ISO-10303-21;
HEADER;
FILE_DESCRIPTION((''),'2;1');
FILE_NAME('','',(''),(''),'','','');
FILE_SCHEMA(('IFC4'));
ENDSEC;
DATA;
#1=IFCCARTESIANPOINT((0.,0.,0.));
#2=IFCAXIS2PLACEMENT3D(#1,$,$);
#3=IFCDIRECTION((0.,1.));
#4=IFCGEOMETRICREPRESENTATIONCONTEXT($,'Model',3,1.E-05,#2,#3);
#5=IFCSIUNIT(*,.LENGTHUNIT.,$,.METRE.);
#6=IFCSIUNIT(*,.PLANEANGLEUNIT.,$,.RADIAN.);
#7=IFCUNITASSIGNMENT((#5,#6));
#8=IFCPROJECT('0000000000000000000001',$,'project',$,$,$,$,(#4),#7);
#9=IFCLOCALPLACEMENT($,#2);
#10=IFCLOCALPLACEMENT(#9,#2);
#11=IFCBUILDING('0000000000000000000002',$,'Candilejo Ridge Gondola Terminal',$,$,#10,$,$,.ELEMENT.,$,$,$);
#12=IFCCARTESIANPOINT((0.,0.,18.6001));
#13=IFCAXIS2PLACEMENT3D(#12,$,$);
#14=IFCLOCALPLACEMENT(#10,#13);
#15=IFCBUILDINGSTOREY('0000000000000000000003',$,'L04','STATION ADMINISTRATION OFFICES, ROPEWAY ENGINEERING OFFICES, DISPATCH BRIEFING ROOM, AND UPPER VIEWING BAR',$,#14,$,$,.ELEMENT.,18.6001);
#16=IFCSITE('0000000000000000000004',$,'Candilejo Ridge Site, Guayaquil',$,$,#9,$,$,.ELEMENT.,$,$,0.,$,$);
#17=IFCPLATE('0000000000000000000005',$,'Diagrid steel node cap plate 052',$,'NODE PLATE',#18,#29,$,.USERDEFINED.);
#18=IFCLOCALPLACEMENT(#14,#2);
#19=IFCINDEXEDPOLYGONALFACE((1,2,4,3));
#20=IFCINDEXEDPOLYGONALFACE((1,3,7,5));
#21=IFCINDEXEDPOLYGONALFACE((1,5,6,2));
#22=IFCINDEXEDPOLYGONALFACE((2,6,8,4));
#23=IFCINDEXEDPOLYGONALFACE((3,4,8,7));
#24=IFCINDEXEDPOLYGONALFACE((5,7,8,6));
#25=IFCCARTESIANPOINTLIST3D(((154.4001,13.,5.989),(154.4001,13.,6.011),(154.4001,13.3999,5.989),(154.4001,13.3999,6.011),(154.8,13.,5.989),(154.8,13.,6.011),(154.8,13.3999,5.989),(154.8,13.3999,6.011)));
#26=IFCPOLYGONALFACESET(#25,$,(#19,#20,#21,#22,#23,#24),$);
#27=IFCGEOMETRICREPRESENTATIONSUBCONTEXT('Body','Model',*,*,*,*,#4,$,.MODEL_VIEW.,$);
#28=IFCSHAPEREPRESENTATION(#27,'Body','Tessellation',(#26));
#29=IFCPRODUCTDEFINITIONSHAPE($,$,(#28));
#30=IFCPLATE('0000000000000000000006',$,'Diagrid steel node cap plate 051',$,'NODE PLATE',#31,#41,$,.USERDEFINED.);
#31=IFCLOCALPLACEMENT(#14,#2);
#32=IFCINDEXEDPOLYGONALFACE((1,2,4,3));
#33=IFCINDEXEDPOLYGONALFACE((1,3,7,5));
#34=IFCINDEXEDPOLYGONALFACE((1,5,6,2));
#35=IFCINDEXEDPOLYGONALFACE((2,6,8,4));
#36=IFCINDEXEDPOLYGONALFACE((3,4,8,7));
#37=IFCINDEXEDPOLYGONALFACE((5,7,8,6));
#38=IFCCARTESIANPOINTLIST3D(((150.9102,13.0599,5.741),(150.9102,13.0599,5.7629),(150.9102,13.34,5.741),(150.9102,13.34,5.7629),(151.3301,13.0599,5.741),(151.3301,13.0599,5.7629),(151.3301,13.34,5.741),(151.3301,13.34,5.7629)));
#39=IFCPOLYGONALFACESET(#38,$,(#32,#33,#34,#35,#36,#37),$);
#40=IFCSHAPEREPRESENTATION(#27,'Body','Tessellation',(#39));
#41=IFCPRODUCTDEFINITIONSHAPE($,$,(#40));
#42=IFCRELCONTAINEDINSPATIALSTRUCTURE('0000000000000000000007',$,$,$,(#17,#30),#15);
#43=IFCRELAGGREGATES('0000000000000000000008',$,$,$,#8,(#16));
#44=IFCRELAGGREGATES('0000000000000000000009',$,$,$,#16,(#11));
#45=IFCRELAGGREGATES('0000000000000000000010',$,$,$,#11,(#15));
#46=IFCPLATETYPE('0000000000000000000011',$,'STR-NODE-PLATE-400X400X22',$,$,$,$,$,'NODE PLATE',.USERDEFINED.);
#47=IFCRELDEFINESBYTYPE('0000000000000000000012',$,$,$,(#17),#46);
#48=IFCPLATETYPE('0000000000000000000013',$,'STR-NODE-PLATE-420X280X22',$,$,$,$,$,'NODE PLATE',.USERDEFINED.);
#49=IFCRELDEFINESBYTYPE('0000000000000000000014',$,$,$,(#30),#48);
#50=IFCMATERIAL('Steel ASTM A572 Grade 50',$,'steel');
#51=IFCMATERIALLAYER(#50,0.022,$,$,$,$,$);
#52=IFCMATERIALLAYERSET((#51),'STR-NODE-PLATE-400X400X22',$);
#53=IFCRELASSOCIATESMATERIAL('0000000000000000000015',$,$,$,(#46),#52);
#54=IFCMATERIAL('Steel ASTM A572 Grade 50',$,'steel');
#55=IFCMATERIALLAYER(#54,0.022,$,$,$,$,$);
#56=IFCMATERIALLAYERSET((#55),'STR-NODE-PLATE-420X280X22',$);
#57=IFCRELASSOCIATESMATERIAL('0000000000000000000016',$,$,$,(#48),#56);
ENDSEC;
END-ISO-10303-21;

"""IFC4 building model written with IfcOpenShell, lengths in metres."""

from ifc_helpers import new_model, si_unit, direction, frame, origin, origin_2d, place, context, subcontext, project, spatial, rectangle, extrude, material, layer, layer_set, type_object, element, save


model = new_model("IFC4")

# Units and contexts
model_context = context("Model", 3, precision=1e-05, world=origin(), true_north=direction((0.0, 1.0)))
body_context = subcontext(model_context, "Body", "Model", "MODEL_VIEW")
ifc_project = project(units=[si_unit("LENGTHUNIT", "METRE"), si_unit("PLANEANGLEUNIT", "RADIAN")], contexts=[model_context])

# Site, building, storey
site_placement = place(None, origin())
site = spatial("IfcSite", under=ifc_project, at=site_placement, Name="Candilejo Ridge Site, Guayaquil", CompositionType="ELEMENT", RefElevation=0.0)
building_placement = place(site_placement, origin())
building = spatial("IfcBuilding", under=site, at=building_placement, Name="Candilejo Ridge Gondola Terminal", CompositionType="ELEMENT")
storey_placement = place(building_placement, frame((0.0, 0.0, 18.6001)))
storey = spatial("IfcBuildingStorey", under=building, at=storey_placement, Name="L04", Description="STATION ADMINISTRATION OFFICES, ROPEWAY ENGINEERING OFFICES, DISPATCH BRIEFING ROOM, AND UPPER VIEWING BAR", CompositionType="ELEMENT", Elevation=18.6001)

# Plates
ifc_material_1 = material(Name="Steel ASTM A572 Grade 50", Category="steel")
ifc_layer_1 = layer(ifc_material_1, 0.022)
ifc_layer_set_1 = layer_set([ifc_layer_1], Name="STR-NODE-PLATE-400X400X22")
plate_type_1 = type_object("IfcPlateType", Name="STR-NODE-PLATE-400X400X22", ElementType="NODE PLATE", PredefinedType="USERDEFINED", material=ifc_layer_set_1)
plate_1_placement = place(storey_placement, frame((154.6001, 13.2, 5.989), z_axis=(0.0, 0.0, 1.0), x_axis=(1.0, 0.0, 0.0)))
element("IfcPlate", 1, at=plate_1_placement, inside=storey, type_object=plate_type_1, Name="Diagrid steel node cap plate 052", ObjectType="NODE PLATE", PredefinedType="USERDEFINED", context=body_context, shape_type="SweptSolid", body=[
    extrude(rectangle(XDim=0.3999, YDim=0.3999, at=origin_2d()), origin(), (0.0, 0.0, 1.0), 0.022),
])
ifc_material_2 = material(Name="Steel ASTM A572 Grade 50", Category="steel")
ifc_layer_2 = layer(ifc_material_2, 0.022)
ifc_layer_set_2 = layer_set([ifc_layer_2], Name="STR-NODE-PLATE-420X280X22")
plate_type_2 = type_object("IfcPlateType", Name="STR-NODE-PLATE-420X280X22", ElementType="NODE PLATE", PredefinedType="USERDEFINED", material=ifc_layer_set_2)
plate_2_placement = place(storey_placement, frame((151.1201, 13.2, 5.741), z_axis=(0.0, 0.0, 1.0), x_axis=(1.0, 0.0, 0.0)))
element("IfcPlate", 2, at=plate_2_placement, inside=storey, type_object=plate_type_2, Name="Diagrid steel node cap plate 051", ObjectType="NODE PLATE", PredefinedType="USERDEFINED", context=body_context, shape_type="SweptSolid", body=[
    extrude(rectangle(XDim=0.4199, YDim=0.28, at=origin_2d()), origin(), (0.0, 0.0, 1.0), 0.022),
])

save(model, "model.ifc")
